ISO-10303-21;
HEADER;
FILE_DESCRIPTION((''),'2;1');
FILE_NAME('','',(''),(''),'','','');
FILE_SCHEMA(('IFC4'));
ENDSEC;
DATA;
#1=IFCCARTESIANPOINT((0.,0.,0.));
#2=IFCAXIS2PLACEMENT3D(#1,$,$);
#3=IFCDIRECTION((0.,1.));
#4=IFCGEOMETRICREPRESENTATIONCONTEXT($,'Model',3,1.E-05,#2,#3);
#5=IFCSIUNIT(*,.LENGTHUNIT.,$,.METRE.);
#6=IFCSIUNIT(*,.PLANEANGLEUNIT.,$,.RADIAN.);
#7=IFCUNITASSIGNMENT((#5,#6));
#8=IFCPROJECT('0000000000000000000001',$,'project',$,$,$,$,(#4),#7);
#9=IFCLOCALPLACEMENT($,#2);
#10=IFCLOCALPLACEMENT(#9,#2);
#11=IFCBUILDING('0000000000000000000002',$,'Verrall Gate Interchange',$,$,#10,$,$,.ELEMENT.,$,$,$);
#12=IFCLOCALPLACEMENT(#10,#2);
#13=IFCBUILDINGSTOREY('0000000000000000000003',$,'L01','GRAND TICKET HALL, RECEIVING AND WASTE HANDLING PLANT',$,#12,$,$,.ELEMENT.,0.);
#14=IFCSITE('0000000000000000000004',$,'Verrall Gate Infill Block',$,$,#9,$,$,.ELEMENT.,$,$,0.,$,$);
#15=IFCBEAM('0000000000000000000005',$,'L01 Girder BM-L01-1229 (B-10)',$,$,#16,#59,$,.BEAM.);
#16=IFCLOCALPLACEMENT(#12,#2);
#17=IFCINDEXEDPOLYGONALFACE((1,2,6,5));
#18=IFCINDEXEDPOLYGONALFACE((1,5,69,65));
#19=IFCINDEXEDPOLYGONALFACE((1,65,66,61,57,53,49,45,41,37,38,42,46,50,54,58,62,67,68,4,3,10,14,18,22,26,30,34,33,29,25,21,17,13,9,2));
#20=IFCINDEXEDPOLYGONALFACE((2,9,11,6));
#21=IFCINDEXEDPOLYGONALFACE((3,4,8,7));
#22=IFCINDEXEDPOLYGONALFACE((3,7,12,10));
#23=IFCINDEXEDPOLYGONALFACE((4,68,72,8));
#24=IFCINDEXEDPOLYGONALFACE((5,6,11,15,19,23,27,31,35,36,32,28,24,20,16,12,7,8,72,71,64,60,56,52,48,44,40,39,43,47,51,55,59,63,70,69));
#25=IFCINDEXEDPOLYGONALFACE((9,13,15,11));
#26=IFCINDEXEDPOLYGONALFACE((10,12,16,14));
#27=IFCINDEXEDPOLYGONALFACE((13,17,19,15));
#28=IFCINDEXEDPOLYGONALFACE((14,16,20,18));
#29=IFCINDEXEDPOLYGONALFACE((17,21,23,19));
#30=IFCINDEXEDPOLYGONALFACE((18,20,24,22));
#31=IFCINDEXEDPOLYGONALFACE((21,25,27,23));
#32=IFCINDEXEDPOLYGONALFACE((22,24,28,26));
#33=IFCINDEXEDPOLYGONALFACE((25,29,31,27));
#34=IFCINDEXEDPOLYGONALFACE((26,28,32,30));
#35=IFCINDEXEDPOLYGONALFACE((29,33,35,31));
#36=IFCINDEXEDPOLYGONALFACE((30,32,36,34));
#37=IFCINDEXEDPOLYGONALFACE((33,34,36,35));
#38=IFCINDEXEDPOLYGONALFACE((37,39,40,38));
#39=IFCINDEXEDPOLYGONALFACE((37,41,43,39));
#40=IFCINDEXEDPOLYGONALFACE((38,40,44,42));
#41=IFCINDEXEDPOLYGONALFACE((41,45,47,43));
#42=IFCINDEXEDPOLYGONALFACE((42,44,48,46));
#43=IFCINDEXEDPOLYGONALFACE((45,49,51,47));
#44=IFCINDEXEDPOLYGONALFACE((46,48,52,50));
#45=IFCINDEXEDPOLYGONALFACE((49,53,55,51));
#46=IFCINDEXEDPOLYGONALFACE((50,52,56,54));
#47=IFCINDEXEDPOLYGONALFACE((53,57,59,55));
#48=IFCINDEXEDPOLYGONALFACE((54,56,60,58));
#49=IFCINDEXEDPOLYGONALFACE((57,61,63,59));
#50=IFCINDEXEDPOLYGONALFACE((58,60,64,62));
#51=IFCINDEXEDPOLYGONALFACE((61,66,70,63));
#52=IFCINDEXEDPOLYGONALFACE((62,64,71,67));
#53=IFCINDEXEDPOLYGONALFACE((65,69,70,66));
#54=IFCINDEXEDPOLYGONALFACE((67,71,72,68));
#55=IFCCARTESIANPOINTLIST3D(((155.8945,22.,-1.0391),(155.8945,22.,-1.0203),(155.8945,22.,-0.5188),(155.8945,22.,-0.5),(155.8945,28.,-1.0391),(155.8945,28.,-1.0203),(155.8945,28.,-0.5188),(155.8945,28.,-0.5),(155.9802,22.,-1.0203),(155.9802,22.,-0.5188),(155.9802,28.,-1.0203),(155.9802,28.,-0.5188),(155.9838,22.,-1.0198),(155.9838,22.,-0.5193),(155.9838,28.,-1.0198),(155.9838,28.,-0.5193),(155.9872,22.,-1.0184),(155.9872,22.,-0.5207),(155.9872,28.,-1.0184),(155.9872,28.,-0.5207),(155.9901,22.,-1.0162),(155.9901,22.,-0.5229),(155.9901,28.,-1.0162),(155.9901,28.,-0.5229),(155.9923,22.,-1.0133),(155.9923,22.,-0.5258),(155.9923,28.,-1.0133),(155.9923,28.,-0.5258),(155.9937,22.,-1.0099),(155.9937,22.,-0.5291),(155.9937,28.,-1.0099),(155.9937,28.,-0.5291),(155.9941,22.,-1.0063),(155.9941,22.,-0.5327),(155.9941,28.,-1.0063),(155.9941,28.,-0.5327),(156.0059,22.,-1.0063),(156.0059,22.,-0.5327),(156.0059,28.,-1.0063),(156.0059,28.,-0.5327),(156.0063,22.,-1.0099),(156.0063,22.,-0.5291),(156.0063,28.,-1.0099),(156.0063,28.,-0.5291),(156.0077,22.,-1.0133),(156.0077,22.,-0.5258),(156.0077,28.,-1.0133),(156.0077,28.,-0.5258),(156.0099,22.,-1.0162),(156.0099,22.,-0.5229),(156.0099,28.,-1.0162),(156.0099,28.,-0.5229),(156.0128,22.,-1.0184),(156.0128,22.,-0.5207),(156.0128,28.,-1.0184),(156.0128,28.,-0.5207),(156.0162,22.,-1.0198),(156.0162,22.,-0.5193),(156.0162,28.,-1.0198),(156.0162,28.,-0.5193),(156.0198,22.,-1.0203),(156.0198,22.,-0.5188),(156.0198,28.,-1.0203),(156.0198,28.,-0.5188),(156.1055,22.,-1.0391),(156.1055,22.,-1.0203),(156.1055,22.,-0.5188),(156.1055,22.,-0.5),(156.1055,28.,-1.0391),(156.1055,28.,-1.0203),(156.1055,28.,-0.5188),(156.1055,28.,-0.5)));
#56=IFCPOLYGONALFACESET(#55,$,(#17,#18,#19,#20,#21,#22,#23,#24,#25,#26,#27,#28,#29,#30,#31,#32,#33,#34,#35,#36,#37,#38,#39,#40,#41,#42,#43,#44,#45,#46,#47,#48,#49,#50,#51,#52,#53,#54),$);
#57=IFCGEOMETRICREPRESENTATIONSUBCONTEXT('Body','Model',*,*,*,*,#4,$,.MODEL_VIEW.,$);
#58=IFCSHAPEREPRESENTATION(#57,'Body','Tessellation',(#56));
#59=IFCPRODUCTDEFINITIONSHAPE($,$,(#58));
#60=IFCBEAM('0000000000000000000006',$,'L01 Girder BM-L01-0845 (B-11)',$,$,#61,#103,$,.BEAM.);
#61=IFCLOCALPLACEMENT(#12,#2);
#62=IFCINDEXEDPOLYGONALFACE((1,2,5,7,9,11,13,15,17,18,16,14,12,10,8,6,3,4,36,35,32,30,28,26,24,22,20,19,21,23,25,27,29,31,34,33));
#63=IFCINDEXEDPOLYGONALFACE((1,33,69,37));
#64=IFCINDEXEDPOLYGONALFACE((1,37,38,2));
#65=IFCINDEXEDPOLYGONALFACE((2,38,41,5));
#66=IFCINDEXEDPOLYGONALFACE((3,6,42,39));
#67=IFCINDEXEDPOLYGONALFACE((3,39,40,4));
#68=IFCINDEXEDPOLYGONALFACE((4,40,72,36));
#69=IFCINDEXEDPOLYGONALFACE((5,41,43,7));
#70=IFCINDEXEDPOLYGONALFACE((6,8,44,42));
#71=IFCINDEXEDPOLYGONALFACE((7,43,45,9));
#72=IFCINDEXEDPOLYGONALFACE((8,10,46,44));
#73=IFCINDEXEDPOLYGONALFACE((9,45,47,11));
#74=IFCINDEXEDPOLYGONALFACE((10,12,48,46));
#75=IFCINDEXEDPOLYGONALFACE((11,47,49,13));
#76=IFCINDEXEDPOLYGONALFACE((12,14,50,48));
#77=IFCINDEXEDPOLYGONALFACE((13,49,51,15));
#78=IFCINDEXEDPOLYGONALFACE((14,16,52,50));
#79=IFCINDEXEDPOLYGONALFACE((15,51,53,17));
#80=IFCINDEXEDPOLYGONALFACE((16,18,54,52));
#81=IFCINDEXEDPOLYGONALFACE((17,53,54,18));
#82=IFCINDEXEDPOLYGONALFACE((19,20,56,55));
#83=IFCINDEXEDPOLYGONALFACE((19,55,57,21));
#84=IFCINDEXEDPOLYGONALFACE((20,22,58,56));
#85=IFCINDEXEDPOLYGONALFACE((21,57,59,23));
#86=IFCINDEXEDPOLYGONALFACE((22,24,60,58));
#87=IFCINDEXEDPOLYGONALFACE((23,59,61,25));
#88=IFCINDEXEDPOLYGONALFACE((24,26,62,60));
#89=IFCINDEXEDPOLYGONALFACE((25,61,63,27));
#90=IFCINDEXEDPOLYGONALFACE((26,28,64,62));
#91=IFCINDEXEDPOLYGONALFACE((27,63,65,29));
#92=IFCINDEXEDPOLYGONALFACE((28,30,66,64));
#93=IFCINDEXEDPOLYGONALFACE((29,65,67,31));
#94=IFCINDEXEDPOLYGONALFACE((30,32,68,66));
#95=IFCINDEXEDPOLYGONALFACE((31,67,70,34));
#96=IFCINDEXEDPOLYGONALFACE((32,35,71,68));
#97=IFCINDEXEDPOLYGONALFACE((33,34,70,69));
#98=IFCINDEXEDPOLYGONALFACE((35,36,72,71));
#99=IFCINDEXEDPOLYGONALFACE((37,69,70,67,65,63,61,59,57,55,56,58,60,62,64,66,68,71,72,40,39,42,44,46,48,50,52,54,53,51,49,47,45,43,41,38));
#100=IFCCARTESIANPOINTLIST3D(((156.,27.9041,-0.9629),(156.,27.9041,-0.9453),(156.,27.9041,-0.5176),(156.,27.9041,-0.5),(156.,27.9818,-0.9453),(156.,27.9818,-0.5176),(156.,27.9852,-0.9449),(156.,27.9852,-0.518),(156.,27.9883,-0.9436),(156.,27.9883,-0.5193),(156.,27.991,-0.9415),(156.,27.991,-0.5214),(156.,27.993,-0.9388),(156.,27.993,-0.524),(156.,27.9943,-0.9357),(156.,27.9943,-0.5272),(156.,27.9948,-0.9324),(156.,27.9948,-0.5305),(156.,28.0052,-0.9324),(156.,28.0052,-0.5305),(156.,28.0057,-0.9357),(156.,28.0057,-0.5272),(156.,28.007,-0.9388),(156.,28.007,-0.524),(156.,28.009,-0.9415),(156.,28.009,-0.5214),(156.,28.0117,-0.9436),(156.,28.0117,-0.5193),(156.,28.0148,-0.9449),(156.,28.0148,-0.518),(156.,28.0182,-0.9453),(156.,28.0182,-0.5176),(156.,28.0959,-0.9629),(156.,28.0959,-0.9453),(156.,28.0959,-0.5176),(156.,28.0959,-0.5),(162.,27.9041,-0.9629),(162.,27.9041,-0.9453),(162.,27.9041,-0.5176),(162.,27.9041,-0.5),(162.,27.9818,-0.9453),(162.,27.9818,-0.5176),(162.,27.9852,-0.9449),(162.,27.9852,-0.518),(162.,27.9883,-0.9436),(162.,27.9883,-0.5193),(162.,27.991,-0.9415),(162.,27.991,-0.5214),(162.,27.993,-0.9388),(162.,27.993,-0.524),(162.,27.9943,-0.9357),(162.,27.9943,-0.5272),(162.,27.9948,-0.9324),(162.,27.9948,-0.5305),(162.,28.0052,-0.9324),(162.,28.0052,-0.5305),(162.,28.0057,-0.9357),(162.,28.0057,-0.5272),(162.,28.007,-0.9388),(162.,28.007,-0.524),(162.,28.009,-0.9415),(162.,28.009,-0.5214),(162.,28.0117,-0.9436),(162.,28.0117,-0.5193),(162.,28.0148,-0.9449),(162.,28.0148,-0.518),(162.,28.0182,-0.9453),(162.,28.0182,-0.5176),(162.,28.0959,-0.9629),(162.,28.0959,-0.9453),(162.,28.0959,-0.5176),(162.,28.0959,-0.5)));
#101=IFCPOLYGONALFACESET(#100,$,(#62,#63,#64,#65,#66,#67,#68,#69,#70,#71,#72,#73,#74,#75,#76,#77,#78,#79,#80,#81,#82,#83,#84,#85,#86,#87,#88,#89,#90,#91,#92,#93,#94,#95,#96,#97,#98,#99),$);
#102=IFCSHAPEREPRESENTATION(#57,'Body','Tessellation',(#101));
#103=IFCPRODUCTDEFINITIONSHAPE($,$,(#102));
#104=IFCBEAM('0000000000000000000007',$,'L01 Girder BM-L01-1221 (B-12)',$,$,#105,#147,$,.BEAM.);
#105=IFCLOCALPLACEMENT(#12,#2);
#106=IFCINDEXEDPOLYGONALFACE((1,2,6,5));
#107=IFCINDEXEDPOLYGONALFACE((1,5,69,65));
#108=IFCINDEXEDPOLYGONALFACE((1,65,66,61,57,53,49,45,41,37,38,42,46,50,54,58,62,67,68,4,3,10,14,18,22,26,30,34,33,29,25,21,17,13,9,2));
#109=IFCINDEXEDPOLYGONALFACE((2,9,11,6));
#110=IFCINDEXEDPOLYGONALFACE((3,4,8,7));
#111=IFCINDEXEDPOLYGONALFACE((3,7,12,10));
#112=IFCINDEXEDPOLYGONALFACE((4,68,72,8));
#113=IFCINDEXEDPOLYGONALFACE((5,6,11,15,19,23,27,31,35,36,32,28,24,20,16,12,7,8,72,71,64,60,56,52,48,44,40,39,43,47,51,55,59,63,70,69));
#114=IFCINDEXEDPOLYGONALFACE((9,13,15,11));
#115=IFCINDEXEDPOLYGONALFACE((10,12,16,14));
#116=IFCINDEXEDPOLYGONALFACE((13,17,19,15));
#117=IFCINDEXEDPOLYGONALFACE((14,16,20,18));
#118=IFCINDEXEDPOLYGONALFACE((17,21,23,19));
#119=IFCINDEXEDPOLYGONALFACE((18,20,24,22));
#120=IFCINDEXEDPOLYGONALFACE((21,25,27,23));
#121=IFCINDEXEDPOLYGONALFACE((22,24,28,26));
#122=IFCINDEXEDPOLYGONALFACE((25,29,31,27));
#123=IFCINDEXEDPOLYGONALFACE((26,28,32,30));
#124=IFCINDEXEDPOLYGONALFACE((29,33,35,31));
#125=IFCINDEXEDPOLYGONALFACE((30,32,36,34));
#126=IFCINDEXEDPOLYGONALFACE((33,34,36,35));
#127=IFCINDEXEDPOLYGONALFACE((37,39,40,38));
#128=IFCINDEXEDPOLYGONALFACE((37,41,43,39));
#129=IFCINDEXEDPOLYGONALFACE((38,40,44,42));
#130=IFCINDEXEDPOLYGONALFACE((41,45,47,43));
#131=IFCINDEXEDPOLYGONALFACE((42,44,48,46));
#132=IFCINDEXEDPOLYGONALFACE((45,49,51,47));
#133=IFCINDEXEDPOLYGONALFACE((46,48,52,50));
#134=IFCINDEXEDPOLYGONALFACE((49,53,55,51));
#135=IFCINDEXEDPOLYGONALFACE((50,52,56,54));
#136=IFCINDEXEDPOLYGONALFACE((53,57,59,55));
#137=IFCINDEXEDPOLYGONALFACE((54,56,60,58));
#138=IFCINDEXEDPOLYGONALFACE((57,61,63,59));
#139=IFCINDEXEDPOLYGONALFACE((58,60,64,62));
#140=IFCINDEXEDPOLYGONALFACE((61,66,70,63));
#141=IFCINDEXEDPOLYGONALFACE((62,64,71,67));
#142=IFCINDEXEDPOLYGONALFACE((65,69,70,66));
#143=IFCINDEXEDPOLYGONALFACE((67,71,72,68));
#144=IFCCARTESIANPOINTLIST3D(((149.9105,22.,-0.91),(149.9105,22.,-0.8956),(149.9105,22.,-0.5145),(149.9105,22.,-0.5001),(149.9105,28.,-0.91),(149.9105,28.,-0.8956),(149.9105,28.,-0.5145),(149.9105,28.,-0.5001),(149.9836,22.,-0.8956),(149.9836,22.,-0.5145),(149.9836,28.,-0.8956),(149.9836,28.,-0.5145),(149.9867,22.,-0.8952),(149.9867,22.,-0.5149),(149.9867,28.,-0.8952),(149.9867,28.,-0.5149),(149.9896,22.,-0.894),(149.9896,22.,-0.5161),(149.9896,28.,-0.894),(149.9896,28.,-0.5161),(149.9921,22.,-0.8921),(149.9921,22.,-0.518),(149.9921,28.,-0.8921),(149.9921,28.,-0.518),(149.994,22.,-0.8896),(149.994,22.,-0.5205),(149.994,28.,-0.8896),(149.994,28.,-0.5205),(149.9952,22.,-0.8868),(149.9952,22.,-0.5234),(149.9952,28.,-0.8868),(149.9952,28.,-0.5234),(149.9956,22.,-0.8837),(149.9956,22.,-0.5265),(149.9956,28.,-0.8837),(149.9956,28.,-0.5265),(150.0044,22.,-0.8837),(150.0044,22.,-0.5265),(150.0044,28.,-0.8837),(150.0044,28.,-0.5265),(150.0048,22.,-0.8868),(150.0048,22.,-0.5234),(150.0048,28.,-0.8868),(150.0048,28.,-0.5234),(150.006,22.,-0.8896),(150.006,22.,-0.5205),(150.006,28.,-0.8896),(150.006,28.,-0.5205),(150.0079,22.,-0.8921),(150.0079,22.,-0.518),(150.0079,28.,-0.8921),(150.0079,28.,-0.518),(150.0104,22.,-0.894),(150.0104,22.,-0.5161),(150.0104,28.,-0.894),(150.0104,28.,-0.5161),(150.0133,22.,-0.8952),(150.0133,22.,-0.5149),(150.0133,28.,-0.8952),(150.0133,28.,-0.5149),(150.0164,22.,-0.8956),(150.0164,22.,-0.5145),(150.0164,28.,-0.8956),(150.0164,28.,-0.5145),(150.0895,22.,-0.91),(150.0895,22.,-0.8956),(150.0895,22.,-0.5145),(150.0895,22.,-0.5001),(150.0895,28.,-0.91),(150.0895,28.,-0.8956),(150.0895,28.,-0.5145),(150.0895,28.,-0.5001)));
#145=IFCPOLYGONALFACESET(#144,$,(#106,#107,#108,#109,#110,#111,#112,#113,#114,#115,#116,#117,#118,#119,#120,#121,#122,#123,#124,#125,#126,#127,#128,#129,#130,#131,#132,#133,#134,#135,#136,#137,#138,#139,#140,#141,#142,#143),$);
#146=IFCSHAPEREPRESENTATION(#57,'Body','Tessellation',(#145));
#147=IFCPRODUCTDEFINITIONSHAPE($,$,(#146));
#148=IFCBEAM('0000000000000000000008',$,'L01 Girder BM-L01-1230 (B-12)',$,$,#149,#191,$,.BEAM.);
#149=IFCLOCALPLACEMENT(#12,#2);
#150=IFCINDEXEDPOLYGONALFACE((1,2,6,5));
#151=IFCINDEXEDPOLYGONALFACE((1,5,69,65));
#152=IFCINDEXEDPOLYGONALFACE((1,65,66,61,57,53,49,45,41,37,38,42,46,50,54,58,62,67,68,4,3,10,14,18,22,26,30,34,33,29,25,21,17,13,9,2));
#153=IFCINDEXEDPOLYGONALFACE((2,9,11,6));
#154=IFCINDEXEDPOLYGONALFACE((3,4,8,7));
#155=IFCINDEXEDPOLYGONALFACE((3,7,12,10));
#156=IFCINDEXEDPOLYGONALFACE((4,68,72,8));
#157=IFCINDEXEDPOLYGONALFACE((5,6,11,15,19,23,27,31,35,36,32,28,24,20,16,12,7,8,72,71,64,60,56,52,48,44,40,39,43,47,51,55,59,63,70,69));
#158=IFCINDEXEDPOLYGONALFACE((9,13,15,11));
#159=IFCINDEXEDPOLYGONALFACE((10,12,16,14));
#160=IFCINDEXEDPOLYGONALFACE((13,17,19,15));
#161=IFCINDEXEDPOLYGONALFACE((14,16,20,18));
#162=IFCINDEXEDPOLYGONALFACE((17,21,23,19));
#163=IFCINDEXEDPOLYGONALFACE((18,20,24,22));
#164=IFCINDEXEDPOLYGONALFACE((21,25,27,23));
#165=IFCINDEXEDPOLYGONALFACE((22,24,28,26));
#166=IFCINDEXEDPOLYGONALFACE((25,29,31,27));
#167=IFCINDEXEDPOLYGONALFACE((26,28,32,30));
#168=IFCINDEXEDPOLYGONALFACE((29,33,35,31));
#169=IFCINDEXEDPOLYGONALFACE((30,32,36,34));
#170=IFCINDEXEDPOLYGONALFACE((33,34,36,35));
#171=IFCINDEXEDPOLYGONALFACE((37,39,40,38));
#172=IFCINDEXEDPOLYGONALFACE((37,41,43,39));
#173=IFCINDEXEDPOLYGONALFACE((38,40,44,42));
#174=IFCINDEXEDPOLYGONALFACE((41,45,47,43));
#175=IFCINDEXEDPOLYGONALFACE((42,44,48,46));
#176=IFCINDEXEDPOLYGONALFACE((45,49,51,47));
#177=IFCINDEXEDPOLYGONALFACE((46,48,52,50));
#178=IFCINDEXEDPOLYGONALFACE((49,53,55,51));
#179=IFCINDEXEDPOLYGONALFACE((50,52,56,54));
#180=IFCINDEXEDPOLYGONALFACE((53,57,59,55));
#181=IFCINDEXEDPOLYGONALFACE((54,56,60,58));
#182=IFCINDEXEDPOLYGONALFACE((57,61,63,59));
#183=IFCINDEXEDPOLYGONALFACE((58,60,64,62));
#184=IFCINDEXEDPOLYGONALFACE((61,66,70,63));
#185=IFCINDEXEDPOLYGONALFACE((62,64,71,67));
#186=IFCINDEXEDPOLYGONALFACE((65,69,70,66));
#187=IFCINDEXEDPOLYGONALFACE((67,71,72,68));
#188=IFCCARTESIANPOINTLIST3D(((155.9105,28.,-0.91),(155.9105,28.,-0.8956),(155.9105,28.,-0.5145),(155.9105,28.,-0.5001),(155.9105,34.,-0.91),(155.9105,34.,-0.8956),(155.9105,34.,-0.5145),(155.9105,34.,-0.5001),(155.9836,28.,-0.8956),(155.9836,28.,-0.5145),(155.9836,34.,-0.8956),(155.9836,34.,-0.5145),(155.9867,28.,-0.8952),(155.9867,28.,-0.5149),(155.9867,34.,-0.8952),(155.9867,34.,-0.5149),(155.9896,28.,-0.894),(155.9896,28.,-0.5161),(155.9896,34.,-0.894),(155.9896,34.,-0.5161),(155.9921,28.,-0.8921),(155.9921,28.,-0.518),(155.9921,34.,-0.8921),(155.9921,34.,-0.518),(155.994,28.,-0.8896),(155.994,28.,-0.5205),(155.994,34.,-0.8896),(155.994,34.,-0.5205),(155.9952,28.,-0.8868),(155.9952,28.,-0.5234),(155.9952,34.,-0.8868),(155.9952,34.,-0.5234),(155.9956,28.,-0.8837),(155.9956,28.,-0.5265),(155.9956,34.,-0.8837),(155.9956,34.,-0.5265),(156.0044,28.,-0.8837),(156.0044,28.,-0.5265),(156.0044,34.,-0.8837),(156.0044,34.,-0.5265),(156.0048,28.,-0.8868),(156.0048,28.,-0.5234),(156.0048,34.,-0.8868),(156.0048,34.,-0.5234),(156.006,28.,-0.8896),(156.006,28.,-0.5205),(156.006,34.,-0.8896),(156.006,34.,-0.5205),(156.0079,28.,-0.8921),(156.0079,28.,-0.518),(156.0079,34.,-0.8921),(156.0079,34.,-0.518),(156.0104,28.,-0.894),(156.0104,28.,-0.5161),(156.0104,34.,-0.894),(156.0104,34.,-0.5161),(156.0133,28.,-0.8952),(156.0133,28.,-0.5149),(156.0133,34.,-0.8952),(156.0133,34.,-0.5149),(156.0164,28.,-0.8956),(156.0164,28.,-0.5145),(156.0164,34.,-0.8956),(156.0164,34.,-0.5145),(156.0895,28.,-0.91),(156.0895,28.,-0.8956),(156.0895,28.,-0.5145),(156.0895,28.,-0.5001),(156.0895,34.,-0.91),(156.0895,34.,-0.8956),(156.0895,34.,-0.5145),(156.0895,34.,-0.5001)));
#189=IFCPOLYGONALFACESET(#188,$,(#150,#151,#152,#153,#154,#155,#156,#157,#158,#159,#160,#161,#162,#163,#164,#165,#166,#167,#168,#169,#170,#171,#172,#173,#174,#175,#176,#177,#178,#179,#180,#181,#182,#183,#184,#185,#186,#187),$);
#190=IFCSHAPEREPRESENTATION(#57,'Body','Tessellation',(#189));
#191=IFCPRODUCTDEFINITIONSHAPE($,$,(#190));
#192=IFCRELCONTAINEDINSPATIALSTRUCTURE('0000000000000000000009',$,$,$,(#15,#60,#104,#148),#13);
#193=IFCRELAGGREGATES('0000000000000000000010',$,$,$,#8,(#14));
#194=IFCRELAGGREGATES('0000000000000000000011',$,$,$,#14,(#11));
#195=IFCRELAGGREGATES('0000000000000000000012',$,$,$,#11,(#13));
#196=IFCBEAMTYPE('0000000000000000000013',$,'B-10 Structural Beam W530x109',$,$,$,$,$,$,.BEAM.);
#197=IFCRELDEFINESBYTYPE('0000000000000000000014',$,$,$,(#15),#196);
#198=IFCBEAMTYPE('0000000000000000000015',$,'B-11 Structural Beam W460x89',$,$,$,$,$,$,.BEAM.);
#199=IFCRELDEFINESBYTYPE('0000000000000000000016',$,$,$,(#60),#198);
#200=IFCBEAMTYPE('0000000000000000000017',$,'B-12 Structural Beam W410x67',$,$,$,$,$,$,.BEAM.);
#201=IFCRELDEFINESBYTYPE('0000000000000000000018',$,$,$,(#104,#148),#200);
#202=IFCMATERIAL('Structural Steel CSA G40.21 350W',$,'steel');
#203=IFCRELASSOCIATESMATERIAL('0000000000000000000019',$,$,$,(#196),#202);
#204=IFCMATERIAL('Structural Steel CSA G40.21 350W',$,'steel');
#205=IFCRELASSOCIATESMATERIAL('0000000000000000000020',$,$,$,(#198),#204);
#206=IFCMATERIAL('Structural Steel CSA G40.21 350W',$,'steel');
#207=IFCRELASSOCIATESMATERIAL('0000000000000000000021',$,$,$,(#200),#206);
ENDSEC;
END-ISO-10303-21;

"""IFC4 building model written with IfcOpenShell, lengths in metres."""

from ifc_helpers import new_model, si_unit, direction, frame, origin, origin_2d, place, context, subcontext, project, spatial, i_section, extrude, material, material_profile, profile_set, type_object, element, save


model = new_model("IFC4")

# Units and contexts
model_context = context("Model", 3, precision=1e-05, world=origin(), true_north=direction((0.0, 1.0)))
body_context = subcontext(model_context, "Body", "Model", "MODEL_VIEW")
ifc_project = project(units=[si_unit("LENGTHUNIT", "METRE"), si_unit("PLANEANGLEUNIT", "RADIAN")], contexts=[model_context])

# Site, building, storey
site_placement = place(None, origin())
site = spatial("IfcSite", under=ifc_project, at=site_placement, Name="Verrall Gate Infill Block", CompositionType="ELEMENT", RefElevation=0.0)
building_placement = place(site_placement, origin())
building = spatial("IfcBuilding", under=site, at=building_placement, Name="Verrall Gate Interchange", CompositionType="ELEMENT")
storey_placement = place(building_placement, origin())
storey = spatial("IfcBuildingStorey", under=building, at=storey_placement, Name="L01", Description="GRAND TICKET HALL, RECEIVING AND WASTE HANDLING PLANT", CompositionType="ELEMENT", Elevation=0.0)

# Beams
ifc_material_1 = material(Name="Structural Steel CSA G40.21 350W", Category="steel")
ifc_material_profile_1 = material_profile(ifc_material_1, i_section(OverallWidth=0.2109, OverallDepth=0.5391, WebThickness=0.0117, FlangeThickness=0.0188, FilletRadius=0.0139, at=origin_2d()), Name="W530x109")
ifc_profile_set_1 = profile_set([ifc_material_profile_1], Name="Structural Steel CSA G40.21 350W")
beam_type_1 = type_object("IfcBeamType", Name="B-10 Structural Beam W530x109", PredefinedType="BEAM", material=ifc_profile_set_1)
for number, where, z_axis, x_axis, name in (
    (1, (156.0, 22.0, -0.7695), (0.0, 1.0, 0.0), (-1.0, 0.0, 0.0), "L01 Girder BM-L01-1229 (B-10)"),
):
    element("IfcBeam", number, at=place(storey_placement, frame(where, z_axis=z_axis, x_axis=x_axis)), inside=storey, type_object=beam_type_1, Name=name, PredefinedType="BEAM", context=body_context, shape_type="SweptSolid", body=[
        extrude(i_section(OverallWidth=0.2109, OverallDepth=0.5391, WebThickness=0.0117, FlangeThickness=0.0188, FilletRadius=0.0139, at=origin_2d()), origin(), (0.0, 0.0, 1.0), 6.0),
    ])
ifc_material_2 = material(Name="Structural Steel CSA G40.21 350W", Category="steel")
ifc_material_profile_2 = material_profile(ifc_material_2, i_section(OverallWidth=0.1919, OverallDepth=0.4629, WebThickness=0.0105, FlangeThickness=0.0176, FilletRadius=0.0129, at=origin_2d()), Name="W460x89")
ifc_profile_set_2 = profile_set([ifc_material_profile_2], Name="Structural Steel CSA G40.21 350W")
beam_type_2 = type_object("IfcBeamType", Name="B-11 Structural Beam W460x89", PredefinedType="BEAM", material=ifc_profile_set_2)
beam_1_placement = place(storey_placement, frame((156.0, 28.0, -0.7314), z_axis=(1.0, 0.0, 0.0), x_axis=(0.0, 1.0, 0.0)))
element("IfcBeam", 2, at=beam_1_placement, inside=storey, type_object=beam_type_2, Name="L01 Girder BM-L01-0845 (B-11)", PredefinedType="BEAM", context=body_context, shape_type="SweptSolid", body=[
    extrude(i_section(OverallWidth=0.1919, OverallDepth=0.4629, WebThickness=0.0105, FlangeThickness=0.0176, FilletRadius=0.0129, at=origin_2d()), origin(), (0.0, 0.0, 1.0), 6.0),
])
ifc_material_3 = material(Name="Structural Steel CSA G40.21 350W", Category="steel")
ifc_material_profile_3 = material_profile(ifc_material_3, i_section(OverallWidth=0.179, OverallDepth=0.4099, WebThickness=0.0088, FlangeThickness=0.0144, FilletRadius=0.012, at=origin_2d()), Name="W410x67")
ifc_profile_set_3 = profile_set([ifc_material_profile_3], Name="Structural Steel CSA G40.21 350W")
beam_type_3 = type_object("IfcBeamType", Name="B-12 Structural Beam W410x67", PredefinedType="BEAM", material=ifc_profile_set_3)
for number, where, z_axis, x_axis, name in (
    (3, (150.0, 22.0, -0.7051), (0.0, 1.0, 0.0), (-1.0, 0.0, 0.0), "L01 Girder BM-L01-1221 (B-12)"),
    (4, (156.0, 28.0, -0.7051), (0.0, 1.0, 0.0), (-1.0, 0.0, 0.0), "L01 Girder BM-L01-1230 (B-12)"),
):
    element("IfcBeam", number, at=place(storey_placement, frame(where, z_axis=z_axis, x_axis=x_axis)), inside=storey, type_object=beam_type_3, Name=name, PredefinedType="BEAM", context=body_context, shape_type="SweptSolid", body=[
        extrude(i_section(OverallWidth=0.179, OverallDepth=0.4099, WebThickness=0.0088, FlangeThickness=0.0144, FilletRadius=0.012, at=origin_2d()), origin(), (0.0, 0.0, 1.0), 6.0),
    ])

save(model, "model.ifc")
